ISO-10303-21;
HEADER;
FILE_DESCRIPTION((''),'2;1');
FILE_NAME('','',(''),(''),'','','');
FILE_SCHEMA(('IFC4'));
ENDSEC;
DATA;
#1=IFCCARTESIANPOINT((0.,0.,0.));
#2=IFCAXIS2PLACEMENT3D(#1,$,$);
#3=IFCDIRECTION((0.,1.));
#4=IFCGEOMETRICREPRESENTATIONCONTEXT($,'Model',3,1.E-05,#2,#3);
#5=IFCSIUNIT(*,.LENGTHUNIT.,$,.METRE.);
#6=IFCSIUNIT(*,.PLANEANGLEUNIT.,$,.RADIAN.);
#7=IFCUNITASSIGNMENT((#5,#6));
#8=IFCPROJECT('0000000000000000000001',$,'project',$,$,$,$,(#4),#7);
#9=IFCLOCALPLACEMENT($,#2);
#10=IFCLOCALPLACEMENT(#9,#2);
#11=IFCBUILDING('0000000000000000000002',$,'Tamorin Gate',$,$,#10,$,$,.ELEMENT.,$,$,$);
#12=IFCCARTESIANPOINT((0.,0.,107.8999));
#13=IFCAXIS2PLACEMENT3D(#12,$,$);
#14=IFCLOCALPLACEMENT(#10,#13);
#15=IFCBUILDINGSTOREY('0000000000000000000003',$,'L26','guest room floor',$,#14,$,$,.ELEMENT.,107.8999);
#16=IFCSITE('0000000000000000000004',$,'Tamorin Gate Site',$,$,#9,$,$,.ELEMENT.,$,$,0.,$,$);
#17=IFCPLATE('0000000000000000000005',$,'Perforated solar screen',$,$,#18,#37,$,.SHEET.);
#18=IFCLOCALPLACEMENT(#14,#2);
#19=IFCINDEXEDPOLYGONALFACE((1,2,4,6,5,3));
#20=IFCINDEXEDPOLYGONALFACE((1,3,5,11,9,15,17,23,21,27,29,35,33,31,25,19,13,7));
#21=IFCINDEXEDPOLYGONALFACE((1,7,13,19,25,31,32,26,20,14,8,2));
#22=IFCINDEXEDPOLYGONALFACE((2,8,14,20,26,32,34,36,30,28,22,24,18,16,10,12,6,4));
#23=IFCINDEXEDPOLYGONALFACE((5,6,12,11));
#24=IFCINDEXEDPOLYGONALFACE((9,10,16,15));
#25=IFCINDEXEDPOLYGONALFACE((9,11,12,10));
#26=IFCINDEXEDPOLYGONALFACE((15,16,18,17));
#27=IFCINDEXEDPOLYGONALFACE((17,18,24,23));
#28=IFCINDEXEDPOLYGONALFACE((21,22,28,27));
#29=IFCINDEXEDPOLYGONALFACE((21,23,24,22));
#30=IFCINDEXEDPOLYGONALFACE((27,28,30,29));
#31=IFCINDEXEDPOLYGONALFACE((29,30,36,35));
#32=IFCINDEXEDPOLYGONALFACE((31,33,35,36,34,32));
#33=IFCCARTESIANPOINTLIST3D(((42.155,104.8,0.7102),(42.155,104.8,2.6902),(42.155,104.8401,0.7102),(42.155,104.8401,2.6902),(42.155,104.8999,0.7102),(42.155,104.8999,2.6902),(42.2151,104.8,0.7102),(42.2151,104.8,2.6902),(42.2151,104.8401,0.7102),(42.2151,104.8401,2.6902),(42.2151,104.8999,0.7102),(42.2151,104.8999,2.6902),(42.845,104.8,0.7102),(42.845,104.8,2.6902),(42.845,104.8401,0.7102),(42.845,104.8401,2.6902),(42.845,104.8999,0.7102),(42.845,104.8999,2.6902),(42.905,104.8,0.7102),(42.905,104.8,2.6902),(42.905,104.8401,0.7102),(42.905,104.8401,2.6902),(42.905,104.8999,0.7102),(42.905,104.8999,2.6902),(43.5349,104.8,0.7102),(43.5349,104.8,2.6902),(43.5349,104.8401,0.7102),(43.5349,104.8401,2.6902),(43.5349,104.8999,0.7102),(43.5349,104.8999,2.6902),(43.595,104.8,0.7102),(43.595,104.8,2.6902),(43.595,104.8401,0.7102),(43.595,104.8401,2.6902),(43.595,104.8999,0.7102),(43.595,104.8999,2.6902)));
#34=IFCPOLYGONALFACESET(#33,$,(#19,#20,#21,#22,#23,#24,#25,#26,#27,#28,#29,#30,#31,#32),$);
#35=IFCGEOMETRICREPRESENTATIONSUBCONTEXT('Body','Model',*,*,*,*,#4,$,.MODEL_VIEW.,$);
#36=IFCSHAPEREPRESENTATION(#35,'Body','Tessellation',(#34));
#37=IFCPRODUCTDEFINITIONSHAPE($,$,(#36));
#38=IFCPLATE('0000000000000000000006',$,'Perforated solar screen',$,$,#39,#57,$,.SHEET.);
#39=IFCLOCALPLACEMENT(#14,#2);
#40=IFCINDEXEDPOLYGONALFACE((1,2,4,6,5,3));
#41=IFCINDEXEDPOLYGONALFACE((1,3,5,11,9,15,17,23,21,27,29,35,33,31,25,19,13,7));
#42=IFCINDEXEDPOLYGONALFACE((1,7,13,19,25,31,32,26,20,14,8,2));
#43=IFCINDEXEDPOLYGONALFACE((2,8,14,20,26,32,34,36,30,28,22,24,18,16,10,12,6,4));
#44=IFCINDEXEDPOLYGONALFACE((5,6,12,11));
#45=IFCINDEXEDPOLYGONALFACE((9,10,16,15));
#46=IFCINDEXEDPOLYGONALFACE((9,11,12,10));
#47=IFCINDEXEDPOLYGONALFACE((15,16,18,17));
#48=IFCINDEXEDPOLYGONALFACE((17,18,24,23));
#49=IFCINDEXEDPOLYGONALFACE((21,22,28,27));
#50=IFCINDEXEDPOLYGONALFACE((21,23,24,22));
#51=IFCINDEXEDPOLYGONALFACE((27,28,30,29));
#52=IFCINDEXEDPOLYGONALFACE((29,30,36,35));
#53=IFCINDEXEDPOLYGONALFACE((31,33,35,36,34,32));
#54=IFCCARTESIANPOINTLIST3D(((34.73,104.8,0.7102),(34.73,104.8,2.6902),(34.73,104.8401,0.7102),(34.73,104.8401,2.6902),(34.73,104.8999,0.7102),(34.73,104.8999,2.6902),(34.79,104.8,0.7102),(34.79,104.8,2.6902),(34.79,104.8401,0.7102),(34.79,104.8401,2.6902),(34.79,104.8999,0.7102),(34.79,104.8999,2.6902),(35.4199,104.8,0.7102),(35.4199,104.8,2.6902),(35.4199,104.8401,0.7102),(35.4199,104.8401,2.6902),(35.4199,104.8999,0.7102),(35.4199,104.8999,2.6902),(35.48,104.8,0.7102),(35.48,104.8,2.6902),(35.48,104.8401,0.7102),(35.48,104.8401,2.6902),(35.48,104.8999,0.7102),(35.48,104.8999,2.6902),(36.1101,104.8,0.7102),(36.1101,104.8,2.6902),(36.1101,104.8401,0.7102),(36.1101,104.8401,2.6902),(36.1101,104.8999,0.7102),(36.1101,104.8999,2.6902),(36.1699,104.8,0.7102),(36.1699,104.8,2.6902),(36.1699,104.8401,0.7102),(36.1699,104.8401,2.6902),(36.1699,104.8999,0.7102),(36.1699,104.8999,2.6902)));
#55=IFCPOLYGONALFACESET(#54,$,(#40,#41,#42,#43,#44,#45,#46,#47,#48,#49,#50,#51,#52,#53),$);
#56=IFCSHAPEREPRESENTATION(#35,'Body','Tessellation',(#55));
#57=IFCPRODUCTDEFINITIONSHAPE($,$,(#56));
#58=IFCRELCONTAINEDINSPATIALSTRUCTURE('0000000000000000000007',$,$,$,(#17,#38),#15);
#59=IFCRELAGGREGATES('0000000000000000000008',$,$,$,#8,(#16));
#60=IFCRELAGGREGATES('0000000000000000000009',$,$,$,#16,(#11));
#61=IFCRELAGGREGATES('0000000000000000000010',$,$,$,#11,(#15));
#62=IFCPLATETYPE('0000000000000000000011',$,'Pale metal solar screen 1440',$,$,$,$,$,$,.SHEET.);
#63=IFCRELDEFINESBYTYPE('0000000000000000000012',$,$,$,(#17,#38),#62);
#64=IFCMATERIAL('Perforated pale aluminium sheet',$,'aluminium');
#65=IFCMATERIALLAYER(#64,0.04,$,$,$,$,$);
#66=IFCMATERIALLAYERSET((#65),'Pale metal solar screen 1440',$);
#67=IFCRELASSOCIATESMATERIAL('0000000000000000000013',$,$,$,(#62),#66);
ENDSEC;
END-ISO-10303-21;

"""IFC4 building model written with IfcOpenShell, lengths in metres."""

from ifc_helpers import new_model, si_unit, direction, frame, origin, place, context, subcontext, project, spatial, polyline, outline, extrude, material, layer, layer_set, type_object, element, save


model = new_model("IFC4")

# Units and contexts
model_context = context("Model", 3, precision=1e-05, world=origin(), true_north=direction((0.0, 1.0)))
body_context = subcontext(model_context, "Body", "Model", "MODEL_VIEW")
ifc_project = project(units=[si_unit("LENGTHUNIT", "METRE"), si_unit("PLANEANGLEUNIT", "RADIAN")], contexts=[model_context])

# Site, building, storey
site_placement = place(None, origin())
site = spatial("IfcSite", under=ifc_project, at=site_placement, Name="Tamorin Gate Site", CompositionType="ELEMENT", RefElevation=0.0)
building_placement = place(site_placement, origin())
building = spatial("IfcBuilding", under=site, at=building_placement, Name="Tamorin Gate", CompositionType="ELEMENT")
storey_placement = place(building_placement, frame((0.0, 0.0, 107.8999)))
storey = spatial("IfcBuildingStorey", under=building, at=storey_placement, Name="L26", Description="guest room floor", CompositionType="ELEMENT", Elevation=107.8999)

# Plates
ifc_material = material(Name="Perforated pale aluminium sheet", Category="aluminium")
ifc_layer = layer(ifc_material, 0.04)
ifc_layer_set = layer_set([ifc_layer], Name="Pale metal solar screen 1440")
plate_type = type_object("IfcPlateType", Name="Pale metal solar screen 1440", PredefinedType="SHEET", material=ifc_layer_set)
plate_1_placement = place(storey_placement, frame((0.0, 0.0, 0.7102)))
element("IfcPlate", 1, at=plate_1_placement, inside=storey, type_object=plate_type, Name="Perforated solar screen", PredefinedType="SHEET", context=body_context, shape_type="SweptSolid", body=[
    extrude(outline(polyline([(43.595, 104.8401), (43.595, 104.8), (43.5349, 104.8), (42.905, 104.8), (42.845, 104.8), (42.2151, 104.8), (42.155, 104.8), (42.155, 104.8401), (42.155, 104.8999), (42.2151, 104.8999), (42.2151, 104.8401), (42.845, 104.8401), (42.845, 104.8999), (42.905, 104.8999), (42.905, 104.8401), (43.5349, 104.8401), (43.5349, 104.8999), (43.595, 104.8999), (43.595, 104.8401)])), origin(), (0.0, 0.0, 1.0), 1.98),
])
plate_2_placement = place(storey_placement, frame((0.0, 0.0, 0.7102)))
element("IfcPlate", 2, at=plate_2_placement, inside=storey, type_object=plate_type, Name="Perforated solar screen", PredefinedType="SHEET", context=body_context, shape_type="SweptSolid", body=[
    extrude(outline(polyline([(36.1699, 104.8401), (36.1699, 104.8), (36.1101, 104.8), (35.48, 104.8), (35.4199, 104.8), (34.79, 104.8), (34.73, 104.8), (34.73, 104.8401), (34.73, 104.8999), (34.79, 104.8999), (34.79, 104.8401), (35.4199, 104.8401), (35.4199, 104.8999), (35.48, 104.8999), (35.48, 104.8401), (36.1101, 104.8401), (36.1101, 104.8999), (36.1699, 104.8999), (36.1699, 104.8401)])), origin(), (0.0, 0.0, 1.0), 1.98),
])

save(model, "model.ifc")
